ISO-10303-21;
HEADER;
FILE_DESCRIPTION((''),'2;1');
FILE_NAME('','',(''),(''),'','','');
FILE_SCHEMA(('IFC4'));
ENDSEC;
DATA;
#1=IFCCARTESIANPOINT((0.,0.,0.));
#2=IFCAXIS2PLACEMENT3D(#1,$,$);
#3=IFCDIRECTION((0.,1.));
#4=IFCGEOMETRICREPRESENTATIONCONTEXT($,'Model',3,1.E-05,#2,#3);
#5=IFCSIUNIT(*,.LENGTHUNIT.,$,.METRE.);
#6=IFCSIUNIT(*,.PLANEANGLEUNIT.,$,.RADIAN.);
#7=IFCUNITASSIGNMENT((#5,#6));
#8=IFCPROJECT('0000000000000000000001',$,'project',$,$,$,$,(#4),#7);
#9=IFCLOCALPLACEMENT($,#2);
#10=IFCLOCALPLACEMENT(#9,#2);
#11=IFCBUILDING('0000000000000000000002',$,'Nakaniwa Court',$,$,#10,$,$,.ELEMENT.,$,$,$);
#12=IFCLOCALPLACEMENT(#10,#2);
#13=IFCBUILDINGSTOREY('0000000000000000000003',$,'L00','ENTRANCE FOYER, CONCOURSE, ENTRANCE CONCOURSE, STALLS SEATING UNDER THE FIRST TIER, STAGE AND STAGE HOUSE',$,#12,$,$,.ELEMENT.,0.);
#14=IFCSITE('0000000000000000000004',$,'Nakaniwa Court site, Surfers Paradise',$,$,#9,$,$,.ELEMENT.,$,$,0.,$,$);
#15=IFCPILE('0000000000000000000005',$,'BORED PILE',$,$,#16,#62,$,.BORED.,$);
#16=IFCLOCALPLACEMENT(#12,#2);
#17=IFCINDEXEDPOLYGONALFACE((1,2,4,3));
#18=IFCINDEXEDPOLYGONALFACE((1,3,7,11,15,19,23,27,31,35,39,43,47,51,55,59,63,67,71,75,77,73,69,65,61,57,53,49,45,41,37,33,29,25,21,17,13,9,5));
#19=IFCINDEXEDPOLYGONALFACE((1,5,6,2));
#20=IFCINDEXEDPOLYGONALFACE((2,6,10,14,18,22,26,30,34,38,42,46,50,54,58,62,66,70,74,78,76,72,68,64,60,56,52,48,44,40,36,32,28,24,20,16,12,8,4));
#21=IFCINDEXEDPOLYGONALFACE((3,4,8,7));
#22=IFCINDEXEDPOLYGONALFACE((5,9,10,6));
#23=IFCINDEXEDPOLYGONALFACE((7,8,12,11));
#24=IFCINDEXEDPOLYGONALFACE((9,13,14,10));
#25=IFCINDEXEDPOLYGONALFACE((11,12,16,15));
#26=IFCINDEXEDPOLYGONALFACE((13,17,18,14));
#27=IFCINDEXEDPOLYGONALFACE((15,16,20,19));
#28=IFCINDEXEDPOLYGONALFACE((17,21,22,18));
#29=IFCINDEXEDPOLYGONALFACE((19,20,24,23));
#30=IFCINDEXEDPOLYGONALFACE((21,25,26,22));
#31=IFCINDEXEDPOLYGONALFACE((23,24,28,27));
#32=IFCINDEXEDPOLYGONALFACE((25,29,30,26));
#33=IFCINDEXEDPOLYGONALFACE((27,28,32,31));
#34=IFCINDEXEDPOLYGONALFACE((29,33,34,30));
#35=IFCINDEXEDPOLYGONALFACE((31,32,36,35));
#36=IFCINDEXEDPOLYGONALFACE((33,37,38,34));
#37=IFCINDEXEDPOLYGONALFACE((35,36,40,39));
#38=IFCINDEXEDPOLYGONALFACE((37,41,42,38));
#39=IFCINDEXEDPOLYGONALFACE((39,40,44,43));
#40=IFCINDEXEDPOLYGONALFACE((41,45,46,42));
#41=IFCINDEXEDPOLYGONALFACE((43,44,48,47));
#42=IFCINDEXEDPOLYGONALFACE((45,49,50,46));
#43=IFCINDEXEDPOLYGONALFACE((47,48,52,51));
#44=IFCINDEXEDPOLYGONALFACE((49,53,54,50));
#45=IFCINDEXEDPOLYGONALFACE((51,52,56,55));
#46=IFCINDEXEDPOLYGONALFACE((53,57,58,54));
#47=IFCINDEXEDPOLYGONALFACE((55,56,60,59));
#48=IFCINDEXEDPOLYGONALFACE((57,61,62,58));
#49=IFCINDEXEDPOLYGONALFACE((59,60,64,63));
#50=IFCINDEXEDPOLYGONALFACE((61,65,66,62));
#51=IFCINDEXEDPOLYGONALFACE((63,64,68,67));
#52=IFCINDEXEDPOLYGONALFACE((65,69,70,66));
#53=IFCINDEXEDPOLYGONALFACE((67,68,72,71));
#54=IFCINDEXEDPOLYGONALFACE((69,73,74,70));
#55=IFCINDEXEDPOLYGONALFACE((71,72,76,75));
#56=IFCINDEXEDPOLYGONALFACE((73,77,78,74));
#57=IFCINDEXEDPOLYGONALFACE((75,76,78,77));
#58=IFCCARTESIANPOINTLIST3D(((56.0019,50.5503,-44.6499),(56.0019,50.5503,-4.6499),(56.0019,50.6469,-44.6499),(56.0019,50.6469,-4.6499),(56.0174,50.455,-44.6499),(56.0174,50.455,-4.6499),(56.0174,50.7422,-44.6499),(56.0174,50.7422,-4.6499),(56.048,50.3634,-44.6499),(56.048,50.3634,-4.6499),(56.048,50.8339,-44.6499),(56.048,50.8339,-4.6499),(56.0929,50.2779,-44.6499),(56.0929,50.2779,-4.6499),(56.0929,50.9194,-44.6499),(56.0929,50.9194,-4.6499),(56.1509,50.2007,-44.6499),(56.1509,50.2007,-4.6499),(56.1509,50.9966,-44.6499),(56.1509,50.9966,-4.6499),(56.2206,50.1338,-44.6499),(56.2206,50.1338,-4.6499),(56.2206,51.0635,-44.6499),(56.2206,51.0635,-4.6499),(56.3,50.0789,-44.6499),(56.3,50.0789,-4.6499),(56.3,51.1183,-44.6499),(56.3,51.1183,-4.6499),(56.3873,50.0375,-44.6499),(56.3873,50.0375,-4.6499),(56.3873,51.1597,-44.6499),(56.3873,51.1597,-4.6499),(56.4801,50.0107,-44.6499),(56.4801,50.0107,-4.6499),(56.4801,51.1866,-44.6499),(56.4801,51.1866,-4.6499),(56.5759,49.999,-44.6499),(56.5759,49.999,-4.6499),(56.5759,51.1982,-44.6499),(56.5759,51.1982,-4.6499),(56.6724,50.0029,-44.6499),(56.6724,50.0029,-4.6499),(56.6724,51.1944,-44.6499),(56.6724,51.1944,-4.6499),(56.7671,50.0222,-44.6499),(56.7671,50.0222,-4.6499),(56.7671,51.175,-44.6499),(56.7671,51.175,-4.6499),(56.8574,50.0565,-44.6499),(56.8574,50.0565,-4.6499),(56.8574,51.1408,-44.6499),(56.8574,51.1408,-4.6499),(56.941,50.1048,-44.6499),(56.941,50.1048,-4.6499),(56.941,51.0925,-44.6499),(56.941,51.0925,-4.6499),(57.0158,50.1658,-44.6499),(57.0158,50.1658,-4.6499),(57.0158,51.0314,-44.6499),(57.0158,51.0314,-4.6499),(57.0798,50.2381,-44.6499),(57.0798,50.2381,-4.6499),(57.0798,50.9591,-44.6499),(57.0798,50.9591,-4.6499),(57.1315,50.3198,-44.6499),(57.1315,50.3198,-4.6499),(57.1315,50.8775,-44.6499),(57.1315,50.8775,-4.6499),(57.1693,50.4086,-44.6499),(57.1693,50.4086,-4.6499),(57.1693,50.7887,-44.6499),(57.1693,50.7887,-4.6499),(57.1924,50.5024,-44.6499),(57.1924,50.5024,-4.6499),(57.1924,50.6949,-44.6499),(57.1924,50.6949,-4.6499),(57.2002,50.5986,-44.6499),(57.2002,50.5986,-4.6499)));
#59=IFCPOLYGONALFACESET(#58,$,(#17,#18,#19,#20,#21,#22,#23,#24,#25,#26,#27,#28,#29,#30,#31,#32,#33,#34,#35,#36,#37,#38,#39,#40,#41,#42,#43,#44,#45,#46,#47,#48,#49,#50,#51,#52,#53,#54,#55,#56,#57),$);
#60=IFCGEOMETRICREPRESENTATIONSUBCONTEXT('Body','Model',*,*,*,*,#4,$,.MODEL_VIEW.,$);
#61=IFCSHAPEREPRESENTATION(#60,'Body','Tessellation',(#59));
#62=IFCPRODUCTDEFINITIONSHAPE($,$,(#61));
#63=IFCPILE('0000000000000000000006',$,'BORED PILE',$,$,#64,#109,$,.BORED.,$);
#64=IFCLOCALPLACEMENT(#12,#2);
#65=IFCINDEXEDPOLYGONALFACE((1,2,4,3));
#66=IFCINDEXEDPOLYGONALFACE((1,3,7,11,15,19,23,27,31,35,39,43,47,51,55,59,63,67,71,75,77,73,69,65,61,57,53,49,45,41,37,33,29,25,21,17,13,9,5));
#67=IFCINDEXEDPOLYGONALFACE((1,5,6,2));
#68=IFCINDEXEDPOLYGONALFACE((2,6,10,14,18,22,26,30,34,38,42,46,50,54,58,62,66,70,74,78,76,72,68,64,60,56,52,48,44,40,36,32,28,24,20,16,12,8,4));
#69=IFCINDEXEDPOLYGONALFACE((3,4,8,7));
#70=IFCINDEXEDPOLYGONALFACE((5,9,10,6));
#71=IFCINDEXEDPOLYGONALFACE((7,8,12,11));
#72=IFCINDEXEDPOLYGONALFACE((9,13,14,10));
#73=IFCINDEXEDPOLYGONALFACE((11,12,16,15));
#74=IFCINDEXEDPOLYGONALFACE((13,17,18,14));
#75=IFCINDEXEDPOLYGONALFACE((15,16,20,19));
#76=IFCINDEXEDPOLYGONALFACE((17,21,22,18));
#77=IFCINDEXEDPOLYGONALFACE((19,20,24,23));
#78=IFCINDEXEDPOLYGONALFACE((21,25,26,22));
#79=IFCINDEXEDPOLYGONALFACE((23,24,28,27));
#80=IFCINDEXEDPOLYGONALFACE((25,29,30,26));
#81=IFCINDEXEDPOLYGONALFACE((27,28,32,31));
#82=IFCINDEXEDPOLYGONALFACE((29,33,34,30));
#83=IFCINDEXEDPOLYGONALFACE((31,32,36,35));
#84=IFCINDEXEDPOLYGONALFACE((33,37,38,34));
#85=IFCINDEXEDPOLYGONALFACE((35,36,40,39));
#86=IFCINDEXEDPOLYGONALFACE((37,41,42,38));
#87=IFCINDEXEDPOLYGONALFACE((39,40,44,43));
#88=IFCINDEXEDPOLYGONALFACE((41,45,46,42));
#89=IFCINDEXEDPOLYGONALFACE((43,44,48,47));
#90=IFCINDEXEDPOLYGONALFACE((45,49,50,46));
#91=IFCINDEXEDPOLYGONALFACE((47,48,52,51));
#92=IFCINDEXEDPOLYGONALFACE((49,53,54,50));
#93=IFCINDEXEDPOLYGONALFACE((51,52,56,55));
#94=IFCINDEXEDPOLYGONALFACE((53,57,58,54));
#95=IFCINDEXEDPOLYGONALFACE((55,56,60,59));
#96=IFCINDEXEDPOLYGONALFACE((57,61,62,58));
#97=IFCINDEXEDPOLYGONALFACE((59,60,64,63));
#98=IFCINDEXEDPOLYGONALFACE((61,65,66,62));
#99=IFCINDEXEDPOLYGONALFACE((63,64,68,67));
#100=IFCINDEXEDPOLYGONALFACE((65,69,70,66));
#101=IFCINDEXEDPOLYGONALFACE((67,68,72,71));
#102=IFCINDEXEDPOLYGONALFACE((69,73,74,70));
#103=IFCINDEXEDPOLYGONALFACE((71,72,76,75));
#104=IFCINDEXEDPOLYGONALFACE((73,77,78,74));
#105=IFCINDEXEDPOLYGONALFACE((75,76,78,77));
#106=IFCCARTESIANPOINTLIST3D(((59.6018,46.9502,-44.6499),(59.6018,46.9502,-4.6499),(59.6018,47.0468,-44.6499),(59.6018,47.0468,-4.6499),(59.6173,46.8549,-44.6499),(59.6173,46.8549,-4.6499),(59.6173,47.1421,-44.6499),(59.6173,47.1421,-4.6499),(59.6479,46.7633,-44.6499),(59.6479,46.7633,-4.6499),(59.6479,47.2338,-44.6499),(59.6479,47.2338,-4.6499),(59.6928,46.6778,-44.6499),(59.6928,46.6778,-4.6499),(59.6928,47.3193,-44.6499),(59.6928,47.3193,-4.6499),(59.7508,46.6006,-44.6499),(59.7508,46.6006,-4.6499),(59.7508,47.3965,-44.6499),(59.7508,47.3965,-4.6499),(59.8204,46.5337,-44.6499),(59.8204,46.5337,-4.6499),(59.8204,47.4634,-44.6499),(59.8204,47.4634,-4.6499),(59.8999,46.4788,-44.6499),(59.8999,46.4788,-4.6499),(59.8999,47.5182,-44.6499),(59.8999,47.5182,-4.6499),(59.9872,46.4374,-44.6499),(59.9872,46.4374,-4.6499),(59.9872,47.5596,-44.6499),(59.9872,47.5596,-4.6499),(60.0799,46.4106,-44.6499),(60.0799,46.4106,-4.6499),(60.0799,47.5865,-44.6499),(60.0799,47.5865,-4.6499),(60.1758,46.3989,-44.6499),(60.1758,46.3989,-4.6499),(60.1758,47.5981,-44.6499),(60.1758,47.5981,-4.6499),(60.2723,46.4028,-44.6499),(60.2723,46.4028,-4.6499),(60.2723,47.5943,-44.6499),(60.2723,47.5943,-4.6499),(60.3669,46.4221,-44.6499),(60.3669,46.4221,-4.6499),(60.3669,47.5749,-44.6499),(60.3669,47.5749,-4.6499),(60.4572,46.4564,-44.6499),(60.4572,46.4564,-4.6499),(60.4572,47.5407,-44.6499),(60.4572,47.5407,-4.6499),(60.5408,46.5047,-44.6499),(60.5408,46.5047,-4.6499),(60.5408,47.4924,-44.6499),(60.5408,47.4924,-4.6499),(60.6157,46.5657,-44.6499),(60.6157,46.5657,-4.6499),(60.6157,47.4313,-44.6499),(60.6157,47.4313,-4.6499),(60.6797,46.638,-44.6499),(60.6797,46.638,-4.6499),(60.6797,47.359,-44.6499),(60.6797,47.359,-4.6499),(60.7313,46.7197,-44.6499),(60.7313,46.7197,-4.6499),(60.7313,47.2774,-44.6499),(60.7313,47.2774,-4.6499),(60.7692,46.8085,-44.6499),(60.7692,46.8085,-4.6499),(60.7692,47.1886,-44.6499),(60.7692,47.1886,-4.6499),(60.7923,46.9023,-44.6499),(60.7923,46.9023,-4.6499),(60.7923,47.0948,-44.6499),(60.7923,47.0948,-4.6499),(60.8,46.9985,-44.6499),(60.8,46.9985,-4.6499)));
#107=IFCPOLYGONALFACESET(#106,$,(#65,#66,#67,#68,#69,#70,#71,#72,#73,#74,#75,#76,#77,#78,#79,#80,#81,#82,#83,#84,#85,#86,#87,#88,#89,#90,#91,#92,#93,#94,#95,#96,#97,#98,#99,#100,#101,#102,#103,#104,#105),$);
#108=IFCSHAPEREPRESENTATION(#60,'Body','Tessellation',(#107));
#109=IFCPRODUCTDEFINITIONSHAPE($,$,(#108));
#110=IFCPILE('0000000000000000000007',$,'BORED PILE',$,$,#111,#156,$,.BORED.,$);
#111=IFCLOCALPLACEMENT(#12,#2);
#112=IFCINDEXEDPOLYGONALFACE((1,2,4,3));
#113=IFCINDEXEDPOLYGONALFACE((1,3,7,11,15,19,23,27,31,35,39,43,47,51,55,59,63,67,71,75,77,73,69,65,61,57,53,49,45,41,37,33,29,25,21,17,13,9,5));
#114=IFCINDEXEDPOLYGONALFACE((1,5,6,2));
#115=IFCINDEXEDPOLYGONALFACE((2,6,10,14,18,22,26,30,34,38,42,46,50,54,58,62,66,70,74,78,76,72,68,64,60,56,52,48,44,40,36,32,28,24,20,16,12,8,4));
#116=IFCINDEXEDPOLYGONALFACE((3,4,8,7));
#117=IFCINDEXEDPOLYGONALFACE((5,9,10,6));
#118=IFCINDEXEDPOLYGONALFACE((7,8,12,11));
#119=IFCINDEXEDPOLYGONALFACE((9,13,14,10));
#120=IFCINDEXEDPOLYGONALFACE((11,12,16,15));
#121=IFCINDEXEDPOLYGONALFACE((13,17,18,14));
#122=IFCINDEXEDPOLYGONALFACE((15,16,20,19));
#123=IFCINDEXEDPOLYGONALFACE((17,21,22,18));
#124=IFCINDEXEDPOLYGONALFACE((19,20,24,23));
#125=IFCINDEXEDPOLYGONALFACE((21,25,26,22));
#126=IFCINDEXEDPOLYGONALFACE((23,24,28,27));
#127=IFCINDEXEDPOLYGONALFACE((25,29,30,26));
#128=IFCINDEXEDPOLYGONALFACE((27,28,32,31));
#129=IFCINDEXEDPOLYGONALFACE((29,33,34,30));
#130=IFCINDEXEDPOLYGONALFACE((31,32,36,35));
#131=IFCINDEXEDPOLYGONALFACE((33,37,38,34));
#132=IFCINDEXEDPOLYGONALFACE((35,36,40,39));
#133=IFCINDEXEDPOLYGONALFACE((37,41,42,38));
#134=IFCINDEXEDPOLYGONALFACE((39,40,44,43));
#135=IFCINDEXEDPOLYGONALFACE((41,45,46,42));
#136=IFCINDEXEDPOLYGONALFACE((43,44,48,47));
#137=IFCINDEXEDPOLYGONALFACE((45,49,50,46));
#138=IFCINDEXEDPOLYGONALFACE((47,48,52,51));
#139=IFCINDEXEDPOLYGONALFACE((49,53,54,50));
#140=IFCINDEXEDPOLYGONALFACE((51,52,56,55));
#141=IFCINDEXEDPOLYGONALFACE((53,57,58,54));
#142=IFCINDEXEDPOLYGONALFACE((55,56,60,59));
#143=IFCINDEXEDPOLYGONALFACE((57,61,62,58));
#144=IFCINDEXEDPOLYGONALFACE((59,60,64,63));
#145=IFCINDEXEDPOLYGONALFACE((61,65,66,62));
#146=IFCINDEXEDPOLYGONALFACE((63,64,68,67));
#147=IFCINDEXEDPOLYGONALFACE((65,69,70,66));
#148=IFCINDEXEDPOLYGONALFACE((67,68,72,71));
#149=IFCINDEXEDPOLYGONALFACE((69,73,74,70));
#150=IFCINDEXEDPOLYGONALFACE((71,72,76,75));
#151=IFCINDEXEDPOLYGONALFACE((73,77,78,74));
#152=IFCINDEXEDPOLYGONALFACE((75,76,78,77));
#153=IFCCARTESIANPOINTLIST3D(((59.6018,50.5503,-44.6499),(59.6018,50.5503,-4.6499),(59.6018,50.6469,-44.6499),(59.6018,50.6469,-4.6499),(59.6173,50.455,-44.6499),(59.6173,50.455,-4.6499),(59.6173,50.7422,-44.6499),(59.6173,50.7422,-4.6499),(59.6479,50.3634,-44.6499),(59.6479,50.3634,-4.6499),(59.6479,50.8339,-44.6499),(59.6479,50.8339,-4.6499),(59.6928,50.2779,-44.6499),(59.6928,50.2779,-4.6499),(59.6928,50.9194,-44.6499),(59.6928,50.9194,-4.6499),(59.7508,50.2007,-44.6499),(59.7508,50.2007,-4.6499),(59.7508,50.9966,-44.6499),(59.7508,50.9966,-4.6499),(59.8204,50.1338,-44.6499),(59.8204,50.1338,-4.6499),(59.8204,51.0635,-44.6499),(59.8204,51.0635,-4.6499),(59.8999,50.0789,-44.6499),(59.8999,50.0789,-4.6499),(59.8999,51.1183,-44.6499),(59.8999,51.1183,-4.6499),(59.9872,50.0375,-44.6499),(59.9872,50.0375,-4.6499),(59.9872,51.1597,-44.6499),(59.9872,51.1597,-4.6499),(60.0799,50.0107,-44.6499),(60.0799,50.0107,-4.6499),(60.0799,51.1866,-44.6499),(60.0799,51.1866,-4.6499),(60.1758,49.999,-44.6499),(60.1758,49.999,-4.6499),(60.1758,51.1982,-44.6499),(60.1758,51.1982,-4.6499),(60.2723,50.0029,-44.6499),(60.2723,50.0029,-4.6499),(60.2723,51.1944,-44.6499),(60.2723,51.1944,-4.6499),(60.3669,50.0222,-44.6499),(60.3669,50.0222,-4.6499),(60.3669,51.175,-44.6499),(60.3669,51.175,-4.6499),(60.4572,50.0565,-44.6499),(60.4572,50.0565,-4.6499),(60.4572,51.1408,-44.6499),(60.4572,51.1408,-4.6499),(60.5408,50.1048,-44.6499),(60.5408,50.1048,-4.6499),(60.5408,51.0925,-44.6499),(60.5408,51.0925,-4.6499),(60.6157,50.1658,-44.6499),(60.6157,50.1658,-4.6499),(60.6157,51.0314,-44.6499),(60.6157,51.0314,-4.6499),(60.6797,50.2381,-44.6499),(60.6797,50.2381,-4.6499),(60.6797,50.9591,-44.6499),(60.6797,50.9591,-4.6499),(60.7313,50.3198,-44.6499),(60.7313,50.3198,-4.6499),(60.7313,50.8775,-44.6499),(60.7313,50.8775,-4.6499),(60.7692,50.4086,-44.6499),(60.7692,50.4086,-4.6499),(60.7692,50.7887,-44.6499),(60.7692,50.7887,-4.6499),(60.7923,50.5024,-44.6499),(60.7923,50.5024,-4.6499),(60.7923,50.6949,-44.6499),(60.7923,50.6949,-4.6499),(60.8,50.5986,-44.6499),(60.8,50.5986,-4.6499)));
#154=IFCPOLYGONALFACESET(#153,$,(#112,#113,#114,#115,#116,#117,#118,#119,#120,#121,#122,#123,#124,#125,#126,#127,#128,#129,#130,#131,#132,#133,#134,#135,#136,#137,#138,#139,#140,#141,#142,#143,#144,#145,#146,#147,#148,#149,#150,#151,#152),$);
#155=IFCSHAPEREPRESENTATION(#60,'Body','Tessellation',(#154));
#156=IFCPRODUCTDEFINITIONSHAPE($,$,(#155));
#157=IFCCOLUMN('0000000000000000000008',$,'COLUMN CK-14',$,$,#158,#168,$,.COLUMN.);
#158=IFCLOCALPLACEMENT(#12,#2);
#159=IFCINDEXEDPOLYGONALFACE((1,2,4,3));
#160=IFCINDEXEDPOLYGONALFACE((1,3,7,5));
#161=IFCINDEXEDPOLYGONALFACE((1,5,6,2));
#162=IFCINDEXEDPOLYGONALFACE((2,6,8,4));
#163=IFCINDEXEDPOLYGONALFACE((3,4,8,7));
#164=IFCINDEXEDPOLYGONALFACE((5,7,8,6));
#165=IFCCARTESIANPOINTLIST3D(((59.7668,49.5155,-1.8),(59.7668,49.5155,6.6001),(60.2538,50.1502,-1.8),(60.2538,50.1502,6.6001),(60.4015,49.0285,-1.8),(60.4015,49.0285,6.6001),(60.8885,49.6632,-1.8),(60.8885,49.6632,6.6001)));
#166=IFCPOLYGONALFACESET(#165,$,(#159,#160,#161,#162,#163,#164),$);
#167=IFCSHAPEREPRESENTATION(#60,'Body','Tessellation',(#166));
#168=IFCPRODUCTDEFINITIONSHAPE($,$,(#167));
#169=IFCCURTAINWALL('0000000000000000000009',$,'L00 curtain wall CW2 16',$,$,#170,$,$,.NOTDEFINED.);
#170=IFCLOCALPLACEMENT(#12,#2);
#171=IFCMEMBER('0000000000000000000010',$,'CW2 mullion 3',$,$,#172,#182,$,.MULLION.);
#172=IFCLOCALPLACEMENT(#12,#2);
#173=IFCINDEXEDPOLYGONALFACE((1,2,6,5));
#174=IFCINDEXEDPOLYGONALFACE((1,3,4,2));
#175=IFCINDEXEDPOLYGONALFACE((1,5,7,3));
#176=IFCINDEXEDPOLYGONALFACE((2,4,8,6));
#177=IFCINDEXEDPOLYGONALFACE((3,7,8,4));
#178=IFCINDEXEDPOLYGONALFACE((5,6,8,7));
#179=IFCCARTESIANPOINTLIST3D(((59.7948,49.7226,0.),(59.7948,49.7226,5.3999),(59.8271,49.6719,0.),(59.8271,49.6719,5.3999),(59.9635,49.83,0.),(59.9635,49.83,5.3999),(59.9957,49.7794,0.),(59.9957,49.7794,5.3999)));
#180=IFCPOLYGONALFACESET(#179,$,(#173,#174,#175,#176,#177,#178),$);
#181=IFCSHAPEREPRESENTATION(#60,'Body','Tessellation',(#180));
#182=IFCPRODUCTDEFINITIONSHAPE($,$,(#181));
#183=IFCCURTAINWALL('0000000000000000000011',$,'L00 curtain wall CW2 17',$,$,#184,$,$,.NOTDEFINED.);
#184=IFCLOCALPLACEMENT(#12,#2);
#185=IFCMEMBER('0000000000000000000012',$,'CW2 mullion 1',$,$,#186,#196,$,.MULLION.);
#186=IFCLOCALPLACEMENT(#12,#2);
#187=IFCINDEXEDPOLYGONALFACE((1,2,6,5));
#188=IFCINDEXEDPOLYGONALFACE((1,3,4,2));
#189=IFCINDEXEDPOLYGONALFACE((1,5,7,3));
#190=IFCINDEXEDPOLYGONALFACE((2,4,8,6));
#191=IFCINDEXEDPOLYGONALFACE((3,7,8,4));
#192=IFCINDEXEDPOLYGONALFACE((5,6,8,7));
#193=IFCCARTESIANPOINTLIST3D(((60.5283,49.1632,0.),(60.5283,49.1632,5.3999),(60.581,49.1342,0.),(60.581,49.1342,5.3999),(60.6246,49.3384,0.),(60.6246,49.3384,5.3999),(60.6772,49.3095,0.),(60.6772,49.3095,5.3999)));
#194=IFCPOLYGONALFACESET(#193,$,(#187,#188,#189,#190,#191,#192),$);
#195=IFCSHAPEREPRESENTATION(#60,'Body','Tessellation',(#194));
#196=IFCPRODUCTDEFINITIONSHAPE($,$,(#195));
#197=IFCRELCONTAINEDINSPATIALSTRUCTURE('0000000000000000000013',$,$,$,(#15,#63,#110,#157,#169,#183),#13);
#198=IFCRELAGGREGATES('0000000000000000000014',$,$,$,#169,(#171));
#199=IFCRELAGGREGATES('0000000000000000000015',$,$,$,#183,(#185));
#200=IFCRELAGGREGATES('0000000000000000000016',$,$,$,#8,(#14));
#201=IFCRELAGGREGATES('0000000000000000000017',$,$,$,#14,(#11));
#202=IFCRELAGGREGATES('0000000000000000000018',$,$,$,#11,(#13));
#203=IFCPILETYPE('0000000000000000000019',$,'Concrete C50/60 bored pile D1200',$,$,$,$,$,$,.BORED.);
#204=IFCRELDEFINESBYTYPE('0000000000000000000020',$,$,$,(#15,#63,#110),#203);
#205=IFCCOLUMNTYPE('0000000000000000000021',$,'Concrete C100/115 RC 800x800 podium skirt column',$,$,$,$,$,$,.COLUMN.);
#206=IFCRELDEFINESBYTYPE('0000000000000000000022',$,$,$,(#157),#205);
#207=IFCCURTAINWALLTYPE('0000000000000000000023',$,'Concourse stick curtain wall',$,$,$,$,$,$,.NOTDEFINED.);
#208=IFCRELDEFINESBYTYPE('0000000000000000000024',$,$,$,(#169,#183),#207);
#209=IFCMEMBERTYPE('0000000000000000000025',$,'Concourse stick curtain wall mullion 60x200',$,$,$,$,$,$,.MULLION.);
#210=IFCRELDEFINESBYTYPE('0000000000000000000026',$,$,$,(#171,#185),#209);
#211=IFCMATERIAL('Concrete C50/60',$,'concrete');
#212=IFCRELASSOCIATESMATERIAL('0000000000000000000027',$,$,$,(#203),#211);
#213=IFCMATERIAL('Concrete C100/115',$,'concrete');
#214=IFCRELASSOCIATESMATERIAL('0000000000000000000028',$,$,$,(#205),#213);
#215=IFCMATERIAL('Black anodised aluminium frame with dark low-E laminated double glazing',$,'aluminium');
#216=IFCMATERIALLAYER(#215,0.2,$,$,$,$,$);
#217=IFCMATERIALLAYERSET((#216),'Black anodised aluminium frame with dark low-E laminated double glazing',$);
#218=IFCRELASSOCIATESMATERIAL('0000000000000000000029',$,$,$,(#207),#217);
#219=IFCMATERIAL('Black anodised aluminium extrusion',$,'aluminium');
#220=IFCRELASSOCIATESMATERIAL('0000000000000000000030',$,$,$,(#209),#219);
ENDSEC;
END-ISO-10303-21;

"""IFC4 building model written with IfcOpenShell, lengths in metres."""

from ifc_helpers import new_model, si_unit, direction, frame, origin, origin_2d, place, context, subcontext, project, spatial, rectangle, circle, extrude, material, layer, layer_set, material_profile, profile_set, type_object, element, aggregate, save


model = new_model("IFC4")

# Units and contexts
model_context = context("Model", 3, precision=1e-05, world=origin(), true_north=direction((0.0, 1.0)))
body_context = subcontext(model_context, "Body", "Model", "MODEL_VIEW")
ifc_project = project(units=[si_unit("LENGTHUNIT", "METRE"), si_unit("PLANEANGLEUNIT", "RADIAN")], contexts=[model_context])

# Site, building, storey
site_placement = place(None, origin())
site = spatial("IfcSite", under=ifc_project, at=site_placement, Name="Nakaniwa Court site, Surfers Paradise", CompositionType="ELEMENT", RefElevation=0.0)
building_placement = place(site_placement, origin())
building = spatial("IfcBuilding", under=site, at=building_placement, Name="Nakaniwa Court", CompositionType="ELEMENT")
storey_placement = place(building_placement, origin())
storey = spatial("IfcBuildingStorey", under=building, at=storey_placement, Name="L00", Description="ENTRANCE FOYER, CONCOURSE, ENTRANCE CONCOURSE, STALLS SEATING UNDER THE FIRST TIER, STAGE AND STAGE HOUSE", CompositionType="ELEMENT", Elevation=0.0)

# Piles
ifc_material_1 = material(Name="Concrete C50/60", Category="concrete")
ifc_material_profile_1 = material_profile(ifc_material_1, circle(Radius=0.6001, at=origin_2d()), Name="Concrete C50/60 bored pile D1200")
ifc_profile_set_1 = profile_set([ifc_material_profile_1], Name="Concrete C50/60")
pile_type = type_object("IfcPileType", Name="Concrete C50/60 bored pile D1200", PredefinedType="BORED", material=ifc_profile_set_1)
for number, where, z_axis, x_axis, name in (
    (1, (56.6001, 50.5986, -4.6499), (0.0, 0.0, -1.0), (1.0, 0.0, 0.0), "BORED PILE"),
    (2, (60.2, 46.9985, -4.6499), (0.0, 0.0, -1.0), (1.0, 0.0, 0.0), "BORED PILE"),
    (3, (60.2, 50.5986, -4.6499), (0.0, 0.0, -1.0), (1.0, 0.0, 0.0), "BORED PILE"),
):
    element("IfcPile", number, at=place(storey_placement, frame(where, z_axis=z_axis, x_axis=x_axis)), inside=storey, type_object=pile_type, Name=name, PredefinedType="BORED", context=body_context, shape_type="SweptSolid", body=[
        extrude(circle(Radius=0.6001, at=origin_2d()), origin(), (0.0, 0.0, 1.0), 40.0),
    ])

# Column
ifc_material_2 = material(Name="Concrete C100/115", Category="concrete")
ifc_material_profile_2 = material_profile(ifc_material_2, rectangle(XDim=0.8, YDim=0.8, at=origin_2d()), Name="Concrete C100/115 RC 800x800 podium skirt column")
ifc_profile_set_2 = profile_set([ifc_material_profile_2], Name="Concrete C100/115")
column_type = type_object("IfcColumnType", Name="Concrete C100/115 RC 800x800 podium skirt column", PredefinedType="COLUMN", material=ifc_profile_set_2)
column_placement = place(storey_placement, frame((60.3276, 49.5894, -1.8), z_axis=(0.0, 0.0, 1.0), x_axis=(0.793353, -0.608761, 0.0)))
element("IfcColumn", 4, at=column_placement, inside=storey, type_object=column_type, Name="COLUMN CK-14", PredefinedType="COLUMN", context=body_context, shape_type="SweptSolid", body=[
    extrude(rectangle(XDim=0.8, YDim=0.8, at=origin_2d()), origin(), (0.0, 0.0, 1.0), 8.4001),
])

# Curtain wall, member
ifc_material_3 = material(Name="Black anodised aluminium frame with dark low-E laminated double glazing", Category="aluminium")
ifc_layer_1 = layer(ifc_material_3, 0.2)
ifc_layer_set_1 = layer_set([ifc_layer_1], Name="Black anodised aluminium frame with dark low-E laminated double glazing")
curtain_wall_type = type_object("IfcCurtainWallType", Name="Concourse stick curtain wall", PredefinedType="NOTDEFINED", material=ifc_layer_set_1)
curtain_wall_1_placement = place(storey_placement, origin())
curtain_wall_1 = element("IfcCurtainWall", 5, at=curtain_wall_1_placement, inside=storey, type_object=curtain_wall_type, Name="L00 curtain wall CW2 16", PredefinedType="NOTDEFINED")
ifc_material_4 = material(Name="Black anodised aluminium extrusion", Category="aluminium")
ifc_material_profile_3 = material_profile(ifc_material_4, rectangle(XDim=0.2, YDim=0.0601, at=origin_2d()), Name="Concourse stick curtain wall mullion 60x200")
ifc_profile_set_3 = profile_set([ifc_material_profile_3], Name="Black anodised aluminium extrusion")
member_type_1 = type_object("IfcMemberType", Name="Concourse stick curtain wall mullion 60x200", PredefinedType="MULLION", material=ifc_profile_set_3)
member_1_placement = place(storey_placement, frame((59.8953, 49.751, 0.0), z_axis=(0.0, 0.0, 1.0), x_axis=(0.843438, 0.537226, 0.0)))
member_1 = element("IfcMember", 6, at=member_1_placement, type_object=member_type_1, Name="CW2 mullion 3", PredefinedType="MULLION", context=body_context, shape_type="SweptSolid", body=[
    extrude(rectangle(XDim=0.2, YDim=0.0601, at=origin_2d()), origin(), (0.0, 0.0, 1.0), 5.3999),
])
aggregate(curtain_wall_1, [member_1])

# Curtain wall, member
curtain_wall_2_placement = place(storey_placement, origin())
curtain_wall_2 = element("IfcCurtainWall", 7, at=curtain_wall_2_placement, inside=storey, type_object=curtain_wall_type, Name="L00 curtain wall CW2 17", PredefinedType="NOTDEFINED")
member_2_placement = place(storey_placement, frame((60.6028, 49.2363, 0.0), z_axis=(0.0, 0.0, 1.0), x_axis=(0.481424, 0.876488, 0.0)))
member_2 = element("IfcMember", 8, at=member_2_placement, type_object=member_type_1, Name="CW2 mullion 1", PredefinedType="MULLION", context=body_context, shape_type="SweptSolid", body=[
    extrude(rectangle(XDim=0.2, YDim=0.0601, at=origin_2d()), origin(), (0.0, 0.0, 1.0), 5.3999),
])
aggregate(curtain_wall_2, [member_2])

save(model, "model.ifc")
